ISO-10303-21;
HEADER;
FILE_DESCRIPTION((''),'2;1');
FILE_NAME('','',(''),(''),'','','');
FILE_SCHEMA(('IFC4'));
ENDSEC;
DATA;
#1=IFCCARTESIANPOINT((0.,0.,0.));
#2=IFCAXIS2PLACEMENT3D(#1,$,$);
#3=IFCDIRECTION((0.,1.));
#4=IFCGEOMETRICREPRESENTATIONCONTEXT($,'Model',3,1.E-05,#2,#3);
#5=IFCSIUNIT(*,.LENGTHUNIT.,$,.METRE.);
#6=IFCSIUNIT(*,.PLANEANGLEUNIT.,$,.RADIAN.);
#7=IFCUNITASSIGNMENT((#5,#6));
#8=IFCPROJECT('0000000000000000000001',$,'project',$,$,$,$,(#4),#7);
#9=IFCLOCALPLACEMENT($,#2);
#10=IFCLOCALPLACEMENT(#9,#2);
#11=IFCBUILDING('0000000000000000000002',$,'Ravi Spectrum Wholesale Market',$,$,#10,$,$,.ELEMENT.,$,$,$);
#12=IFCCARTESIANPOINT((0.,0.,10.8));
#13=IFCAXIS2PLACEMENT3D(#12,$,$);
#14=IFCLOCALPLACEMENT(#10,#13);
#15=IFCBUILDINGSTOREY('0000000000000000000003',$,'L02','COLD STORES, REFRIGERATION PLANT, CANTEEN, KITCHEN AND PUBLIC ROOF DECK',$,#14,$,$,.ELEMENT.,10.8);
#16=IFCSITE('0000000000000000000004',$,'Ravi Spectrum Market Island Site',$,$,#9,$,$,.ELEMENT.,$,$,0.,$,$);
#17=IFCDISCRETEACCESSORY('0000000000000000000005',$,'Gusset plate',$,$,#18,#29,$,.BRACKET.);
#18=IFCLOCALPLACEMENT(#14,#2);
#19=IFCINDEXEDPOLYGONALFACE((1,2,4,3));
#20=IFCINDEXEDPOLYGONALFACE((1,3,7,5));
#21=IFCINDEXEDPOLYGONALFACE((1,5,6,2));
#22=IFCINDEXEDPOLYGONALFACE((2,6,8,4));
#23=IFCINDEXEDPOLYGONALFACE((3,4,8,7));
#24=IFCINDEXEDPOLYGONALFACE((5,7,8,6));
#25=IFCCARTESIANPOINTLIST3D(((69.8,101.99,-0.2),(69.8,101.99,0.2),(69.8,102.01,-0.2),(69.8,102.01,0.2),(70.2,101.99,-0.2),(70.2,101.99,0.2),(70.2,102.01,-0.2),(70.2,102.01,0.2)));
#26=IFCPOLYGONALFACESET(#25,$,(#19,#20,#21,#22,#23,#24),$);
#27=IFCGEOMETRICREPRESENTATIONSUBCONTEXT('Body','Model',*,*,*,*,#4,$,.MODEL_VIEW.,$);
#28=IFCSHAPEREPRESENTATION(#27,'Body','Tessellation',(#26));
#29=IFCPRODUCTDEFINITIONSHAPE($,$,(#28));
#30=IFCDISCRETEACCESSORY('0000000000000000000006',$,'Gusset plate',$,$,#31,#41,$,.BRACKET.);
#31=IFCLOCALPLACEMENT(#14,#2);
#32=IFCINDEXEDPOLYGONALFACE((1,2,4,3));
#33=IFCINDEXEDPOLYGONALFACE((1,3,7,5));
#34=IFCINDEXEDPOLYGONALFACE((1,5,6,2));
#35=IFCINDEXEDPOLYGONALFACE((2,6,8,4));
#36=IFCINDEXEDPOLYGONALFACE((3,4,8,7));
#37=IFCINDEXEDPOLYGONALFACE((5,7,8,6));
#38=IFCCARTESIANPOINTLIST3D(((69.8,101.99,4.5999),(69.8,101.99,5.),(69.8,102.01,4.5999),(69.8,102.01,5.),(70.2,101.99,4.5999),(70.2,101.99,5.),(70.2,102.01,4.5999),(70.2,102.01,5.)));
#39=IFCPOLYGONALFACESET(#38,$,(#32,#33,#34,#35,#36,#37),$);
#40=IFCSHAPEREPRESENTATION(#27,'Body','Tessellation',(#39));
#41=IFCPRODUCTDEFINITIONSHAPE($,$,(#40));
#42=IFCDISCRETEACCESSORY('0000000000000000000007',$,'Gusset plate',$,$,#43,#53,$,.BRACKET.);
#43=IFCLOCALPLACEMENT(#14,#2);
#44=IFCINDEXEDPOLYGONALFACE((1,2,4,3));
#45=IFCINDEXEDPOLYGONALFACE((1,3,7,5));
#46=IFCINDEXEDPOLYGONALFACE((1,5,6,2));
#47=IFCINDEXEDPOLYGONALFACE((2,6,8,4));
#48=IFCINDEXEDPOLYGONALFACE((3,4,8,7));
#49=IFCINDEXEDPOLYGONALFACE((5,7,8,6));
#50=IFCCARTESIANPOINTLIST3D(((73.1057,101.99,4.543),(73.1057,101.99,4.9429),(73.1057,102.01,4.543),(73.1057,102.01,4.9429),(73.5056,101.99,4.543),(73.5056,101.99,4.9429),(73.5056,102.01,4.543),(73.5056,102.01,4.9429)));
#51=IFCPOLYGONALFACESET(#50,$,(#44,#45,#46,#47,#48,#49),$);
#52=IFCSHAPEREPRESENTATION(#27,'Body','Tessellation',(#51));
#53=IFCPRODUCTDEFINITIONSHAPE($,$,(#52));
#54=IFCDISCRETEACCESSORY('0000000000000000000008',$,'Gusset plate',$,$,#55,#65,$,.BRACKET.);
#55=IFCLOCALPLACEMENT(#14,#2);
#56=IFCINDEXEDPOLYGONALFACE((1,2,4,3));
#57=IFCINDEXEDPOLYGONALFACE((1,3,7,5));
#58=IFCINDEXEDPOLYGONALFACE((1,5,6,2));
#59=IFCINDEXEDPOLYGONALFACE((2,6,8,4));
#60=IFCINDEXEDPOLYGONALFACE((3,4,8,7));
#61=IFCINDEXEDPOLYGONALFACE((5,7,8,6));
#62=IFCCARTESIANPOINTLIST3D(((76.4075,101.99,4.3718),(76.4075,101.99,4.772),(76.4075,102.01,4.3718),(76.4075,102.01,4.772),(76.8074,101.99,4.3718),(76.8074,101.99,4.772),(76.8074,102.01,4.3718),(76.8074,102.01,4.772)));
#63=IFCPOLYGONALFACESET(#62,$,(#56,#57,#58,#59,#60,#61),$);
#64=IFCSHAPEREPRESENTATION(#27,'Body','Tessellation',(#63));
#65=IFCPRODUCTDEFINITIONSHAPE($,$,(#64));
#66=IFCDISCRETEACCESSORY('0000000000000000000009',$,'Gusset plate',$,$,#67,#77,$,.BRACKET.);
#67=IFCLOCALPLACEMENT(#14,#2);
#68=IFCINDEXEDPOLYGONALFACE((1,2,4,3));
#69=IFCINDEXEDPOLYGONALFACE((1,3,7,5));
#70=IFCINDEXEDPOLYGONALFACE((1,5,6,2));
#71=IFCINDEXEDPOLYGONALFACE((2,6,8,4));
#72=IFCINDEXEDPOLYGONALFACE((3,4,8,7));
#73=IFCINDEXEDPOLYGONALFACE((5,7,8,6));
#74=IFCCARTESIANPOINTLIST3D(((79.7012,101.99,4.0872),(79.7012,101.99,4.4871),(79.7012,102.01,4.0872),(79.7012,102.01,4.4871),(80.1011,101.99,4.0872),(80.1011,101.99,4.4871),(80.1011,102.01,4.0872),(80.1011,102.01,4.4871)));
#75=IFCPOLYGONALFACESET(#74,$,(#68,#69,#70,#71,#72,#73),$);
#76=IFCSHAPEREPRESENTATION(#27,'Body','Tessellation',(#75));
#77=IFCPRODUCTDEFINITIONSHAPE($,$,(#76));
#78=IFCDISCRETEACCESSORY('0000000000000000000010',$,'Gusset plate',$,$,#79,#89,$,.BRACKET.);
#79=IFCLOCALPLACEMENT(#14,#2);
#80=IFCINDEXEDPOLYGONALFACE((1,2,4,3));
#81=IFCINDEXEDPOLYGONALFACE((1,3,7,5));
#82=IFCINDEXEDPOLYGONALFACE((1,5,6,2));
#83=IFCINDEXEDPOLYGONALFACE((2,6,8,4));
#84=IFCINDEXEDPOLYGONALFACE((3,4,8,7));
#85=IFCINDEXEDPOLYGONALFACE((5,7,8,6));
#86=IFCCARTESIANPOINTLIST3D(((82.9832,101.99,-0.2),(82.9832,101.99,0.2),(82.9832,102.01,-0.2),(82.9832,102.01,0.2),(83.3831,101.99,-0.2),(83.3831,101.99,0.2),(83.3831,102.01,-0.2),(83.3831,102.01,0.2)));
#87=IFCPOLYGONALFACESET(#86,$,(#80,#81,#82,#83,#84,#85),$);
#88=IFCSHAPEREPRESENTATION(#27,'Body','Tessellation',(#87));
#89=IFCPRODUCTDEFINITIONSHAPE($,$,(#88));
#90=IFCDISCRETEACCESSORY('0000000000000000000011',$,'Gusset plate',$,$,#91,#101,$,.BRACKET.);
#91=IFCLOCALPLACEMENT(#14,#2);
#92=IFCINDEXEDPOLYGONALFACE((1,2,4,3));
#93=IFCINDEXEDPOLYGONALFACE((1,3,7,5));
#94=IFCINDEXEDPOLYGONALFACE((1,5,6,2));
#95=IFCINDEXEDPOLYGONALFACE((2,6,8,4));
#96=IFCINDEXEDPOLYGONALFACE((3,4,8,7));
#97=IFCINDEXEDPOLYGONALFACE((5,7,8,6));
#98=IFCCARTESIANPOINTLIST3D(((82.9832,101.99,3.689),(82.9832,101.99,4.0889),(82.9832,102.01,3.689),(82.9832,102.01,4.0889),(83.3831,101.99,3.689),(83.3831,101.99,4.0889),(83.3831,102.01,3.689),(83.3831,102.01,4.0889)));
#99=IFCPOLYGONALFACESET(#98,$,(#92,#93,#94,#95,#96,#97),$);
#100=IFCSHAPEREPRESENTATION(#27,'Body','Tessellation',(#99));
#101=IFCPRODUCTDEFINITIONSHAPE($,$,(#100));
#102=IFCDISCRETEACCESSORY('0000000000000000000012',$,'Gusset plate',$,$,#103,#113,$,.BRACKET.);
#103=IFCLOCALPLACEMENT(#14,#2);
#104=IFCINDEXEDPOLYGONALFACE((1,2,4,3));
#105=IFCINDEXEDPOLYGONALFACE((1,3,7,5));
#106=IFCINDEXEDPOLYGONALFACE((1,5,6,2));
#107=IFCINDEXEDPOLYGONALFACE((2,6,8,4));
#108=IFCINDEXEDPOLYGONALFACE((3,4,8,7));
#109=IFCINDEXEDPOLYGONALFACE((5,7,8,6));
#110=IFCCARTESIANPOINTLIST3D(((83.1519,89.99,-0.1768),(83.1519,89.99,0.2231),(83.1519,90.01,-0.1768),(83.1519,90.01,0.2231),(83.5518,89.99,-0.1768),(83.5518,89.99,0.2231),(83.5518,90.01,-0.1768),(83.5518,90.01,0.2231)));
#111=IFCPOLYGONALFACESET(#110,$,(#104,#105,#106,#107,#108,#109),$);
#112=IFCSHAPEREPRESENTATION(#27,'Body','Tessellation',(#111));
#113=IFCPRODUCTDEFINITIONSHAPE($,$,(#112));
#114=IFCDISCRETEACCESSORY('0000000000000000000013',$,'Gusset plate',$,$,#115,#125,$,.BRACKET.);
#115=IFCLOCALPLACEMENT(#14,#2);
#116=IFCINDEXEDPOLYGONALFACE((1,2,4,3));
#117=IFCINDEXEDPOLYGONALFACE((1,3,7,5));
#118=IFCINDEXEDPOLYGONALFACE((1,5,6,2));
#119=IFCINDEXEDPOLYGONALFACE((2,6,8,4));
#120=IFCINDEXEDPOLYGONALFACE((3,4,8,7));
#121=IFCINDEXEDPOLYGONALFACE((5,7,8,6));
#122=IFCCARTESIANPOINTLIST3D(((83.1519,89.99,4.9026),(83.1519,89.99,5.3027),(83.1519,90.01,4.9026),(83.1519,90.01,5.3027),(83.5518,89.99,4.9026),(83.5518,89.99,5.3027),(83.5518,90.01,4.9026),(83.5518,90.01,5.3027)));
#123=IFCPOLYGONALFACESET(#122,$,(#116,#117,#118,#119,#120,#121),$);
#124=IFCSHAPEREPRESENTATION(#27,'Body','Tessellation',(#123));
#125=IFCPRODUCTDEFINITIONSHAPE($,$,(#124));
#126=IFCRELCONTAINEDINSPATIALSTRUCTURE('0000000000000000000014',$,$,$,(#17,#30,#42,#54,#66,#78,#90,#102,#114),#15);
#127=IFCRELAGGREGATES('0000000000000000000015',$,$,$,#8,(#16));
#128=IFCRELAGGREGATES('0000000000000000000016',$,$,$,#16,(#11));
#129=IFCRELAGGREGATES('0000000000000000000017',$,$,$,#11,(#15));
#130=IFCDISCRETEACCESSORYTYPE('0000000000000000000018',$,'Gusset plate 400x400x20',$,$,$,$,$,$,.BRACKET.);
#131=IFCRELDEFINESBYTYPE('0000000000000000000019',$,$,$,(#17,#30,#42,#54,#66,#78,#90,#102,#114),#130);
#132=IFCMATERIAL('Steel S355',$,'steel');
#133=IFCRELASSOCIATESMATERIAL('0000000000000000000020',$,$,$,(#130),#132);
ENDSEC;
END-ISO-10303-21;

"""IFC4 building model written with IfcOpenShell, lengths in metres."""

from ifc_helpers import new_model, si_unit, direction, frame, origin, origin_2d, place, context, subcontext, project, spatial, rectangle, extrude, material, material_profile, profile_set, type_object, element, save


model = new_model("IFC4")

# Units and contexts
model_context = context("Model", 3, precision=1e-05, world=origin(), true_north=direction((0.0, 1.0)))
body_context = subcontext(model_context, "Body", "Model", "MODEL_VIEW")
ifc_project = project(units=[si_unit("LENGTHUNIT", "METRE"), si_unit("PLANEANGLEUNIT", "RADIAN")], contexts=[model_context])

# Site, building, storey
site_placement = place(None, origin())
site = spatial("IfcSite", under=ifc_project, at=site_placement, Name="Ravi Spectrum Market Island Site", CompositionType="ELEMENT", RefElevation=0.0)
building_placement = place(site_placement, origin())
building = spatial("IfcBuilding", under=site, at=building_placement, Name="Ravi Spectrum Wholesale Market", CompositionType="ELEMENT")
storey_placement = place(building_placement, frame((0.0, 0.0, 10.8)))
storey = spatial("IfcBuildingStorey", under=building, at=storey_placement, Name="L02", Description="COLD STORES, REFRIGERATION PLANT, CANTEEN, KITCHEN AND PUBLIC ROOF DECK", CompositionType="ELEMENT", Elevation=10.8)

# Discrete accessories
ifc_material_1 = material(Name="Steel S355", Category="steel")
ifc_material_profile_1 = material_profile(ifc_material_1, rectangle(XDim=0.3999, YDim=0.02, at=origin_2d()))
ifc_profile_set_1 = profile_set([ifc_material_profile_1], Name="Steel S355")
discrete_accessory_type_1 = type_object("IfcDiscreteAccessoryType", Name="Gusset plate 400x400x20", PredefinedType="BRACKET", material=ifc_profile_set_1)
for number, where, z_axis, x_axis, name in (
    (1, (70.0, 102.0, -0.2), (0.0, 0.0, 1.0), (1.0, 0.0, 0.0), "Gusset plate"),
):
    element("IfcDiscreteAccessory", number, at=place(storey_placement, frame(where, z_axis=z_axis, x_axis=x_axis)), inside=storey, type_object=discrete_accessory_type_1, Name=name, PredefinedType="BRACKET", context=body_context, shape_type="SweptSolid", body=[
        extrude(rectangle(XDim=0.3999, YDim=0.02, at=origin_2d()), origin(), (0.0, 0.0, 1.0), 0.3999),
    ])
discrete_accessory_1_placement = place(storey_placement, frame((70.0, 102.0, 4.5999), z_axis=(0.0, 0.0, 1.0), x_axis=(1.0, 0.0, 0.0)))
element("IfcDiscreteAccessory", 2, at=discrete_accessory_1_placement, inside=storey, type_object=discrete_accessory_type_1, Name="Gusset plate", PredefinedType="BRACKET", context=body_context, shape_type="SweptSolid", body=[
    extrude(rectangle(XDim=0.3999, YDim=0.02, at=origin_2d()), origin(), (0.0, 0.0, 1.0), 0.4001),
])
discrete_accessory_2_placement = place(storey_placement, frame((73.3057, 102.0, 4.543), z_axis=(0.0, 0.0, 1.0), x_axis=(-1.0, 0.0, 0.0)))
element("IfcDiscreteAccessory", 3, at=discrete_accessory_2_placement, inside=storey, type_object=discrete_accessory_type_1, Name="Gusset plate", PredefinedType="BRACKET", context=body_context, shape_type="SweptSolid", body=[
    extrude(rectangle(XDim=0.3999, YDim=0.02, at=origin_2d()), origin(), (0.0, 0.0, 1.0), 0.3999),
])
discrete_accessory_3_placement = place(storey_placement, frame((76.6074, 102.0, 4.3718), z_axis=(0.0, 0.0, 1.0), x_axis=(-1.0, 0.0, 0.0)))
element("IfcDiscreteAccessory", 4, at=discrete_accessory_3_placement, inside=storey, type_object=discrete_accessory_type_1, Name="Gusset plate", PredefinedType="BRACKET", context=body_context, shape_type="SweptSolid", body=[
    extrude(rectangle(XDim=0.3999, YDim=0.02, at=origin_2d()), origin(), (0.0, 0.0, 1.0), 0.4001),
])
for number, where, z_axis, x_axis, name in (
    (5, (79.9011, 102.0, 4.0872), (0.0, 0.0, 1.0), (-1.0, 0.0, 0.0), "Gusset plate"),
    (6, (83.1831, 102.0, -0.2), (0.0, 0.0, 1.0), (1.0, 0.0, 0.0), "Gusset plate"),
    (7, (83.1831, 102.0, 3.689), (0.0, 0.0, 1.0), (-1.0, 0.0, 0.0), "Gusset plate"),
    (8, (83.3518, 90.0, -0.1768), (0.0, 0.0, 1.0), (1.0, 0.0, 0.0), "Gusset plate"),
):
    element("IfcDiscreteAccessory", number, at=place(storey_placement, frame(where, z_axis=z_axis, x_axis=x_axis)), inside=storey, type_object=discrete_accessory_type_1, Name=name, PredefinedType="BRACKET", context=body_context, shape_type="SweptSolid", body=[
        extrude(rectangle(XDim=0.3999, YDim=0.02, at=origin_2d()), origin(), (0.0, 0.0, 1.0), 0.3999),
    ])
discrete_accessory_4_placement = place(storey_placement, frame((83.3518, 90.0, 4.9026), z_axis=(0.0, 0.0, 1.0), x_axis=(-1.0, 0.0, 0.0)))
element("IfcDiscreteAccessory", 9, at=discrete_accessory_4_placement, inside=storey, type_object=discrete_accessory_type_1, Name="Gusset plate", PredefinedType="BRACKET", context=body_context, shape_type="SweptSolid", body=[
    extrude(rectangle(XDim=0.3999, YDim=0.02, at=origin_2d()), origin(), (0.0, 0.0, 1.0), 0.4001),
])

save(model, "model.ifc")
